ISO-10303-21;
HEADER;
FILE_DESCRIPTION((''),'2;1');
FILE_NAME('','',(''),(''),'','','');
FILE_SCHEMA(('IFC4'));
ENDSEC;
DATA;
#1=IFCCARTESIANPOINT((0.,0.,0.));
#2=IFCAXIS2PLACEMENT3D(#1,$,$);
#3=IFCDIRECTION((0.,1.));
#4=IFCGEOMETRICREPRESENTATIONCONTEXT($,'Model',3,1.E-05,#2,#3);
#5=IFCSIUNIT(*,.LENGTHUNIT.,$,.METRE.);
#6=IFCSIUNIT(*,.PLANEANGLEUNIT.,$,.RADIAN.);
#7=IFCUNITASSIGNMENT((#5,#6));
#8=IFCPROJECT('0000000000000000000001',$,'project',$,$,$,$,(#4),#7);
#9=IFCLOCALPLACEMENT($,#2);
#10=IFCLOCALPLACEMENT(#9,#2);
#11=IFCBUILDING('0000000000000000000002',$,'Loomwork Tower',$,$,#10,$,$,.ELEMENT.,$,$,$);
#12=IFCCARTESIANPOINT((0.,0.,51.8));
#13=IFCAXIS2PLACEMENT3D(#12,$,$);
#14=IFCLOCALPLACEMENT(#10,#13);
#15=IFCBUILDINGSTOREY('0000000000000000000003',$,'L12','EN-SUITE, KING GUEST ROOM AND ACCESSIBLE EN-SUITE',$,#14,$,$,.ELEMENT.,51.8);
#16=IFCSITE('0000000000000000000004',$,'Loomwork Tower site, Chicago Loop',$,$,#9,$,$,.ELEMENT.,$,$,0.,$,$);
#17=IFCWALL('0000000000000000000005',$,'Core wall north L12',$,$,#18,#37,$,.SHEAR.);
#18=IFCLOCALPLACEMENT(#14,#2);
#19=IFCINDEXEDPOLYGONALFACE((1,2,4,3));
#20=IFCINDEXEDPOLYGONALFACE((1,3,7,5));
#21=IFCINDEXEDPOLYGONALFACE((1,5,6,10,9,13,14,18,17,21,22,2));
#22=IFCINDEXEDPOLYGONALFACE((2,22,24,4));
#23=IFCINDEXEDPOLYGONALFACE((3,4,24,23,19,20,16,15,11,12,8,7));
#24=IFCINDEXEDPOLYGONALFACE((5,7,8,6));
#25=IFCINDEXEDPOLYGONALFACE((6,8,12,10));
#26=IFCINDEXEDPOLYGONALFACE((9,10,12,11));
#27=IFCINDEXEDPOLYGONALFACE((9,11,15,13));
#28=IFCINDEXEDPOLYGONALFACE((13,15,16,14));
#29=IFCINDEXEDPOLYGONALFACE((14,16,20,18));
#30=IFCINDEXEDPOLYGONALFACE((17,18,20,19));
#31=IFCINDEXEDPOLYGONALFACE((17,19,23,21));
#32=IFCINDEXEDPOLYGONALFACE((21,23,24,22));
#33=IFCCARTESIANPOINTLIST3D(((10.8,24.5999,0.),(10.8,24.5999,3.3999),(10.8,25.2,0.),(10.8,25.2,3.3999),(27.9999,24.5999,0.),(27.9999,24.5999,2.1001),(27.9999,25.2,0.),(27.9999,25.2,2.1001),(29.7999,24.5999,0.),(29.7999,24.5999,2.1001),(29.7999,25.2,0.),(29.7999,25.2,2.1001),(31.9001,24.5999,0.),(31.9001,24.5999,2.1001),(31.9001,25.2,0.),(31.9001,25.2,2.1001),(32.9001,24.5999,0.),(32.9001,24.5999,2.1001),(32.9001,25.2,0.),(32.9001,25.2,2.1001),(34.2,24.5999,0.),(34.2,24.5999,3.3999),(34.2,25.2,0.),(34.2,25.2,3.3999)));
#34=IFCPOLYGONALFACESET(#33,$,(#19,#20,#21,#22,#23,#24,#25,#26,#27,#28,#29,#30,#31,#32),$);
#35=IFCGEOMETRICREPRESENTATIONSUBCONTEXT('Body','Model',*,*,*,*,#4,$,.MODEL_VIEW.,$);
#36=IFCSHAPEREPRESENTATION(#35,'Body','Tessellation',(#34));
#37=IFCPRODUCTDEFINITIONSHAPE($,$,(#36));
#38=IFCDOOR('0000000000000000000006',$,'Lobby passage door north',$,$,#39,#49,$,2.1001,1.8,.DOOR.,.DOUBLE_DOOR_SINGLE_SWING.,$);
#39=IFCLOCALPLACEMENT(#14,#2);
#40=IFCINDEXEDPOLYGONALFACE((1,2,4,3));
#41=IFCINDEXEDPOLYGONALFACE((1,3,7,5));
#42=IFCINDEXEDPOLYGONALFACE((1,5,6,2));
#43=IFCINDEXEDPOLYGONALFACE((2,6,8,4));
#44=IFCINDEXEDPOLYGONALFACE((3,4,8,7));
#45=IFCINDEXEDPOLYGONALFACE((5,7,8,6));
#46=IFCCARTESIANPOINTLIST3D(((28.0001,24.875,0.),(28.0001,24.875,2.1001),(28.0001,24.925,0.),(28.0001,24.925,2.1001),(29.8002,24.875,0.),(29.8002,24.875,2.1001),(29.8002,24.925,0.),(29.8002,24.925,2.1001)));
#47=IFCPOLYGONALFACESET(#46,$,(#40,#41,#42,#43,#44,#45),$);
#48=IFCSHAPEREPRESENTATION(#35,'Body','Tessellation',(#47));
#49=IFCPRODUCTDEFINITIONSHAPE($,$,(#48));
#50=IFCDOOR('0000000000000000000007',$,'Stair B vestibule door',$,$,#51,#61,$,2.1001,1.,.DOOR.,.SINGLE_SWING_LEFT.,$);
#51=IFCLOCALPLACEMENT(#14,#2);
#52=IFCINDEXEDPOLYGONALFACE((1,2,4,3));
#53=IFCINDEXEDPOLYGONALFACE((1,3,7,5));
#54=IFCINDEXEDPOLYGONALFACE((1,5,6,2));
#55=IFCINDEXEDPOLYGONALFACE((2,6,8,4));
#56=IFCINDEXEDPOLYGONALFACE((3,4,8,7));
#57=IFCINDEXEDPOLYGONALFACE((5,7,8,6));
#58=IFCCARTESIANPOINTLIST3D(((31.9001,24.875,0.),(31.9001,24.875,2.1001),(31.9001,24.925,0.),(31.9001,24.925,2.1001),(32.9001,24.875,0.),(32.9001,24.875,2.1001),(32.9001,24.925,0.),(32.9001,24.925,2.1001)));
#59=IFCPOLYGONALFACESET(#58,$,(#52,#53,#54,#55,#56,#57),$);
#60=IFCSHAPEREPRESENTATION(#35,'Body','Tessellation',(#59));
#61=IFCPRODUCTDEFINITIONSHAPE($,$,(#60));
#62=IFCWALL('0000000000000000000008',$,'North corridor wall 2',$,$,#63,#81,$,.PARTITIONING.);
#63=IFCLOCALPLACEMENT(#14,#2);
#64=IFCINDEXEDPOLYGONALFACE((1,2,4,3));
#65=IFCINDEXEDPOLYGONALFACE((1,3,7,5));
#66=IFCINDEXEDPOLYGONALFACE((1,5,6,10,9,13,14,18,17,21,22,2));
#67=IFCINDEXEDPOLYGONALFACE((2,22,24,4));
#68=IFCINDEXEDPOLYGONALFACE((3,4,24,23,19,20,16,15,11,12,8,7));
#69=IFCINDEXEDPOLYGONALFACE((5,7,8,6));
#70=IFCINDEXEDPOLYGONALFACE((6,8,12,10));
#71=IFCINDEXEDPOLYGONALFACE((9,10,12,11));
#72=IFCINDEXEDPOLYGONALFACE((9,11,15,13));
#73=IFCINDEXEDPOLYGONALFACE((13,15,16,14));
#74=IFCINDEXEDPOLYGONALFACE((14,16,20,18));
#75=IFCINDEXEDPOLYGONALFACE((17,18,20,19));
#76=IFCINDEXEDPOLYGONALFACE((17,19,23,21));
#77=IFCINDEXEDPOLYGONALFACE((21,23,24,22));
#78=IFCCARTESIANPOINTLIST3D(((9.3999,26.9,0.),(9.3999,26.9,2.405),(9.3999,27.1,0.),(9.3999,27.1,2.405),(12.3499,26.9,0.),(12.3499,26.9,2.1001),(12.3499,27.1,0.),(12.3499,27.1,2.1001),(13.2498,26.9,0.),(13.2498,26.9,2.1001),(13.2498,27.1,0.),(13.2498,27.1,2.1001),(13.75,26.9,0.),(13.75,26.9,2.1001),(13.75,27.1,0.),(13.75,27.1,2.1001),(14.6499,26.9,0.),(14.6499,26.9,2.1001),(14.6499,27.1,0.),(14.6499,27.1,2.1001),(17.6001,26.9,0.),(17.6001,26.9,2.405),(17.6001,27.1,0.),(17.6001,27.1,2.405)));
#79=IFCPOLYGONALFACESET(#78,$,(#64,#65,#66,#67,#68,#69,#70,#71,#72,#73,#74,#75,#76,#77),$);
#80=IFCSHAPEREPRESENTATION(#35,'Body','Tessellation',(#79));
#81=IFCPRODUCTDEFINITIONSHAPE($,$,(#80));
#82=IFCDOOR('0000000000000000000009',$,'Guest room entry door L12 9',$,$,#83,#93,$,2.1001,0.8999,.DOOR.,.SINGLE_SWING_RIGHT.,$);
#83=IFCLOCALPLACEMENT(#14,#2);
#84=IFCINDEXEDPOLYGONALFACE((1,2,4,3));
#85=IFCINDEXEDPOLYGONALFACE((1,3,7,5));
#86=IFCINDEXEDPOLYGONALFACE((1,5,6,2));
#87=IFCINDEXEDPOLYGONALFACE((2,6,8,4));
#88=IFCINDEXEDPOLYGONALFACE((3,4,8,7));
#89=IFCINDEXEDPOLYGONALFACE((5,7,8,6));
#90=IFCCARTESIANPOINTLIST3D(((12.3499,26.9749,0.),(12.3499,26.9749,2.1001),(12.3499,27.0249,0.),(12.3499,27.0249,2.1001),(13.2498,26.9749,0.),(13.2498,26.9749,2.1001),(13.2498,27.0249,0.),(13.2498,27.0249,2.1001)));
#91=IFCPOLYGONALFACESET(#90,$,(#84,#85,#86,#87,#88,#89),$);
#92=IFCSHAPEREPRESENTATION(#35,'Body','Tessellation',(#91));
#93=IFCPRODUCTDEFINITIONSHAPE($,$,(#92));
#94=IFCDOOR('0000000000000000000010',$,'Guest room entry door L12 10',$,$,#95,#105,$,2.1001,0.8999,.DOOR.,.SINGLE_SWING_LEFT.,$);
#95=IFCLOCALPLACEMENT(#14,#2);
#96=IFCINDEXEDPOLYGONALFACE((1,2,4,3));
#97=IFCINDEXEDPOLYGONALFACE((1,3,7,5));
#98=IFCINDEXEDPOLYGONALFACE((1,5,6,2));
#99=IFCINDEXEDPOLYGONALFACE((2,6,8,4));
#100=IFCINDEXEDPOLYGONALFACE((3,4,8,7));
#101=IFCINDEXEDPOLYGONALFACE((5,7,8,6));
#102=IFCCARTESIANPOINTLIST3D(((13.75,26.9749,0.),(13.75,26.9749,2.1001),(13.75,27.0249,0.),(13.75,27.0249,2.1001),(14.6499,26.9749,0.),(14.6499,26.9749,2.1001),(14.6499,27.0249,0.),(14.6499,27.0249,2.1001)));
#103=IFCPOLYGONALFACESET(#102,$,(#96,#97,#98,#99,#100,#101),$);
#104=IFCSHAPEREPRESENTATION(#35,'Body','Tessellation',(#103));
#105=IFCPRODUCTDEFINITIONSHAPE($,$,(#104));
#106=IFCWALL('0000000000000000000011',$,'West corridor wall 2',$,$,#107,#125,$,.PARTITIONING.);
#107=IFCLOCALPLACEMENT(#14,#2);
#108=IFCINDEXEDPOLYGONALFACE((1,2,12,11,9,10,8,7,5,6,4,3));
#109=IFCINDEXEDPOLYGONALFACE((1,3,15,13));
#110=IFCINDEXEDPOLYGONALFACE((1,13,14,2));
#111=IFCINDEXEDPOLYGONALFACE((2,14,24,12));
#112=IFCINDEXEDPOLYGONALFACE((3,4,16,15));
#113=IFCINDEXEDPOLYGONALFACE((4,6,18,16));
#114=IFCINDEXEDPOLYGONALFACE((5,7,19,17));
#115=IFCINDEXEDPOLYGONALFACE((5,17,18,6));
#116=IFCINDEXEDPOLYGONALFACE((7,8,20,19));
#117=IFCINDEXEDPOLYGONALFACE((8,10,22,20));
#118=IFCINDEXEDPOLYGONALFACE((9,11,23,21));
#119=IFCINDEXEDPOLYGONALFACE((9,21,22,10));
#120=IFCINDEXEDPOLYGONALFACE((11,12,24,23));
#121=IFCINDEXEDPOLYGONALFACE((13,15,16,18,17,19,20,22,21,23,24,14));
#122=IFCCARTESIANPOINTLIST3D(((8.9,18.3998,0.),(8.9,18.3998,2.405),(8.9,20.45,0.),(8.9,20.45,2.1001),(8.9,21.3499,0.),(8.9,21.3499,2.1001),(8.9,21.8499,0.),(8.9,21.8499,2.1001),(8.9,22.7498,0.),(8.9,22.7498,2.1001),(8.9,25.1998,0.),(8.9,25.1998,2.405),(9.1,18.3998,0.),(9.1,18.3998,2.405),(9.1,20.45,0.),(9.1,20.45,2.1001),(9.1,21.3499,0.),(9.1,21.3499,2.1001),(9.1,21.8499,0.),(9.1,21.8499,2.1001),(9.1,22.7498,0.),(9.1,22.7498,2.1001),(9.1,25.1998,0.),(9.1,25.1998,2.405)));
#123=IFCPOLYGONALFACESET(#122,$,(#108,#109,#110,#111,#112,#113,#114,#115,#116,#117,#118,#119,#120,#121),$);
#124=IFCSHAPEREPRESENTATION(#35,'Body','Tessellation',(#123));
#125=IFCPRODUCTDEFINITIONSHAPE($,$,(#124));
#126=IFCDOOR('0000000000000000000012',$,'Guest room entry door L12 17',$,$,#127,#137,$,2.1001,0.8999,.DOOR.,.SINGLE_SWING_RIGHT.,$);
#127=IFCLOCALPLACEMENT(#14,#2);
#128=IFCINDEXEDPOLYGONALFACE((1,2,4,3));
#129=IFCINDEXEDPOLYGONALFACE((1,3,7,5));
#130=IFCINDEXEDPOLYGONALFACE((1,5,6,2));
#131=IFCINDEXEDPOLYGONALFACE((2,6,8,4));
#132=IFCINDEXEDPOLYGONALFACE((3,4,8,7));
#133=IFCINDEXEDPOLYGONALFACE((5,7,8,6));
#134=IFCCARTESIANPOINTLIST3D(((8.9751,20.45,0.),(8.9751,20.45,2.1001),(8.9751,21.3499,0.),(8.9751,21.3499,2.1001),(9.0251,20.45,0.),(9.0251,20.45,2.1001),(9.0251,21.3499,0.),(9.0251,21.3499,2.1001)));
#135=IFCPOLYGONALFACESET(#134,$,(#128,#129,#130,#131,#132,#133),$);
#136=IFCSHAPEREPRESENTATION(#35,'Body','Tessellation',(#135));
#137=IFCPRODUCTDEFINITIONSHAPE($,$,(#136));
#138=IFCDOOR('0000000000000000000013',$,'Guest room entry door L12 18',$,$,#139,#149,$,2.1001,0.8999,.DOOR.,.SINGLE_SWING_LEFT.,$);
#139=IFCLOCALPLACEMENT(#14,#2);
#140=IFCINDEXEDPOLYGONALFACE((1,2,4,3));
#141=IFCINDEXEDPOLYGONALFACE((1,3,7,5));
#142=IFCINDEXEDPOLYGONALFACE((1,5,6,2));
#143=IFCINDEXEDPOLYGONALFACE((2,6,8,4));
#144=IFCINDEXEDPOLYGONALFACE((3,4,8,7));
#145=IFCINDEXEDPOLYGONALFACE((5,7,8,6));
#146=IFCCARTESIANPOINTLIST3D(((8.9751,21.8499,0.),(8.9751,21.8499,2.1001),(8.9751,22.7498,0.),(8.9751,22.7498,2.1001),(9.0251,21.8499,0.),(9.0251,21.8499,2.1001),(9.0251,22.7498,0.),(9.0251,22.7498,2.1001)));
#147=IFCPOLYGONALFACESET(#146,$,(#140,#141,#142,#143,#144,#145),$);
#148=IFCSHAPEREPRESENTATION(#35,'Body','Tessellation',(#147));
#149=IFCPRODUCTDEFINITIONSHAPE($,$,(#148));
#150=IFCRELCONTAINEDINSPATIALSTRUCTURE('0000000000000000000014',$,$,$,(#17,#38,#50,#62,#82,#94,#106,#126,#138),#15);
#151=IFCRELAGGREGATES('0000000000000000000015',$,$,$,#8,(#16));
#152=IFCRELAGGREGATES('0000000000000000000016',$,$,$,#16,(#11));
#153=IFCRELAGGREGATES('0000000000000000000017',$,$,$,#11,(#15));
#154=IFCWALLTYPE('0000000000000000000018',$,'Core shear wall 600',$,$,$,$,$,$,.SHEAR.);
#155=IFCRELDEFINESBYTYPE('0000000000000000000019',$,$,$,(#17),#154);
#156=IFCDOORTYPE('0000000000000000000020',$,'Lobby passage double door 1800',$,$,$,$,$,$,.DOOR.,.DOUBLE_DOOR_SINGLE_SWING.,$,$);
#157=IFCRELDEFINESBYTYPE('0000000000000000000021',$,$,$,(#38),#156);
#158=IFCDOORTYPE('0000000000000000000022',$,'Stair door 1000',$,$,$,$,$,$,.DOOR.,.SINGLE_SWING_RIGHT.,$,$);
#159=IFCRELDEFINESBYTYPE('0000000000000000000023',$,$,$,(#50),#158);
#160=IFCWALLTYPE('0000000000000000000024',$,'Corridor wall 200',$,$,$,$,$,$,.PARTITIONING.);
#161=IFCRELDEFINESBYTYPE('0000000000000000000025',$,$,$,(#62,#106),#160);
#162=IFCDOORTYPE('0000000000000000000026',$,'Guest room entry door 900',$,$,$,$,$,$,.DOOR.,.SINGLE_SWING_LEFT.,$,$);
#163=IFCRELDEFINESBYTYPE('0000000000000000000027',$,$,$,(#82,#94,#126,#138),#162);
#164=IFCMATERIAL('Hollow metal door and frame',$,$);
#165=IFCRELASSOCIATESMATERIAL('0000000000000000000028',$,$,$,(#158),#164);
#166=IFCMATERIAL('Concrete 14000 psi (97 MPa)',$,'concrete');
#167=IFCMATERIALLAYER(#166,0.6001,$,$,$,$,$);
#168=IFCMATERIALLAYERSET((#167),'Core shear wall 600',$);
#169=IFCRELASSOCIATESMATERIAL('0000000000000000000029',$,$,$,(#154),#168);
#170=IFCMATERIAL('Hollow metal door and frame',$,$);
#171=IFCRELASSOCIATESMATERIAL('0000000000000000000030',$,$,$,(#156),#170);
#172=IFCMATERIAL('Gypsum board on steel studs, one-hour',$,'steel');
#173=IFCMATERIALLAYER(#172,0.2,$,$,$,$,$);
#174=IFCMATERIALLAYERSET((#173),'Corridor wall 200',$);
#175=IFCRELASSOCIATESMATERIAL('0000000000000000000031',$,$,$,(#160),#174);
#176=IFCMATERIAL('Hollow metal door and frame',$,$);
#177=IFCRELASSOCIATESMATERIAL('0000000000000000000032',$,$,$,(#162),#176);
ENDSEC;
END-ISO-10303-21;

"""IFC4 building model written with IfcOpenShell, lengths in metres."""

from ifc_helpers import new_model, si_unit, direction, frame, frame_2d, origin, place, context, subcontext, project, spatial, rectangle, extrude, material, layer, layer_set, type_object, element, fill, save


model = new_model("IFC4")

# Units and contexts
model_context = context("Model", 3, precision=1e-05, world=origin(), true_north=direction((0.0, 1.0)))
body_context = subcontext(model_context, "Body", "Model", "MODEL_VIEW")
ifc_project = project(units=[si_unit("LENGTHUNIT", "METRE"), si_unit("PLANEANGLEUNIT", "RADIAN")], contexts=[model_context])

# Site, building, storey
site_placement = place(None, origin())
site = spatial("IfcSite", under=ifc_project, at=site_placement, Name="Loomwork Tower site, Chicago Loop", CompositionType="ELEMENT", RefElevation=0.0)
building_placement = place(site_placement, origin())
building = spatial("IfcBuilding", under=site, at=building_placement, Name="Loomwork Tower", CompositionType="ELEMENT")
storey_placement = place(building_placement, frame((0.0, 0.0, 51.8)))
storey = spatial("IfcBuildingStorey", under=building, at=storey_placement, Name="L12", Description="EN-SUITE, KING GUEST ROOM AND ACCESSIBLE EN-SUITE", CompositionType="ELEMENT", Elevation=51.8)

# Shared definitions
ifc_material_1 = material(Name="Hollow metal door and frame")
door_type_1 = type_object("IfcDoorType", Name="Stair door 1000", OperationType="SINGLE_SWING_RIGHT", PredefinedType="DOOR", material=ifc_material_1)

# Walls, openings, doors
ifc_material_2 = material(Name="Concrete 14000 psi (97 MPa)", Category="concrete")
ifc_layer_1 = layer(ifc_material_2, 0.6001)
ifc_layer_set_1 = layer_set([ifc_layer_1], Name="Core shear wall 600")
wall_type_1 = type_object("IfcWallType", Name="Core shear wall 600", PredefinedType="SHEAR", material=ifc_layer_set_1)
wall_1_placement = place(storey_placement, frame((10.8, 24.8999, 0.0), z_axis=(0.0, 0.0, 1.0), x_axis=(1.0, 0.0, 0.0)))
wall_1 = element("IfcWall", 1, at=wall_1_placement, inside=storey, type_object=wall_type_1, Name="Core wall north L12", PredefinedType="SHEAR", context=body_context, shape_type="SweptSolid", body=[
    extrude(rectangle(XDim=23.3999, YDim=0.6001, at=frame_2d((11.7, 0.0))), origin(), (0.0, 0.0, 1.0), 3.3999),
])
opening_1_placement = place(wall_1_placement, frame((17.2, 0.0, 0.0)))
opening_1 = element("IfcOpeningElement", 2, at=opening_1_placement, cuts=wall_1, PredefinedType="OPENING", context=body_context, shape_type="SweptSolid", body=[
    extrude(rectangle(XDim=1.8, YDim=2.1001, at=frame_2d((0.8999, 1.05))), frame((0.0, 0.3101, 0.0), z_axis=(0.0, -1.0, 0.0), x_axis=(1.0, 0.0, 0.0)), (0.0, 0.0, 1.0), 0.6201),
])
opening_2_placement = place(wall_1_placement, frame((21.1001, 0.0, 0.0)))
opening_2 = element("IfcOpeningElement", 3, at=opening_2_placement, cuts=wall_1, PredefinedType="OPENING", context=body_context, shape_type="SweptSolid", body=[
    extrude(rectangle(XDim=1.0, YDim=2.1001, at=frame_2d((0.5, 1.05))), frame((0.0, 0.3101, 0.0), z_axis=(0.0, -1.0, 0.0), x_axis=(1.0, 0.0, 0.0)), (0.0, 0.0, 1.0), 0.6201),
])
ifc_material_3 = material(Name="Hollow metal door and frame")
door_type_2 = type_object("IfcDoorType", Name="Lobby passage double door 1800", OperationType="DOUBLE_DOOR_SINGLE_SWING", PredefinedType="DOOR", material=ifc_material_3)
door_1_placement = place(opening_1_placement, frame((1.8, 0.0, 0.0), z_axis=(0.0, 0.0, 1.0), x_axis=(-1.0, 0.0, 0.0)))
door_1 = element("IfcDoor", 4, at=door_1_placement, inside=storey, type_object=door_type_2, Name="Lobby passage door north", OperationType="DOUBLE_DOOR_SINGLE_SWING", OverallHeight=2.1001, OverallWidth=1.8, PredefinedType="DOOR", context=body_context, shape_type="SweptSolid", body=[
    extrude(rectangle(XDim=1.8, YDim=2.1001, at=frame_2d((0.8999, 1.05))), frame((0.0, 0.0249, 0.0), z_axis=(0.0, -1.0, 0.0), x_axis=(1.0, 0.0, 0.0)), (0.0, 0.0, 1.0), 0.05),
])
fill(opening_1, door_1)
door_2_placement = place(opening_2_placement, frame((1.0, 0.0, 0.0), z_axis=(0.0, 0.0, 1.0), x_axis=(-1.0, 0.0, 0.0)))
door_2 = element("IfcDoor", 5, at=door_2_placement, inside=storey, type_object=door_type_1, Name="Stair B vestibule door", OperationType="SINGLE_SWING_LEFT", OverallHeight=2.1001, OverallWidth=1.0, PredefinedType="DOOR", context=body_context, shape_type="SweptSolid", body=[
    extrude(rectangle(XDim=1.0, YDim=2.1001, at=frame_2d((0.5, 1.05))), frame((0.0, 0.0249, 0.0), z_axis=(0.0, -1.0, 0.0), x_axis=(1.0, 0.0, 0.0)), (0.0, 0.0, 1.0), 0.05),
])
fill(opening_2, door_2)
ifc_material_4 = material(Name="Gypsum board on steel studs, one-hour", Category="steel")
ifc_layer_2 = layer(ifc_material_4, 0.2)
ifc_layer_set_2 = layer_set([ifc_layer_2], Name="Corridor wall 200")
wall_type_2 = type_object("IfcWallType", Name="Corridor wall 200", PredefinedType="PARTITIONING", material=ifc_layer_set_2)
wall_2_placement = place(storey_placement, frame((9.3999, 27.0, 0.0), z_axis=(0.0, 0.0, 1.0), x_axis=(1.0, 0.0, 0.0)))
wall_2 = element("IfcWall", 6, at=wall_2_placement, inside=storey, type_object=wall_type_2, Name="North corridor wall 2", PredefinedType="PARTITIONING", context=body_context, shape_type="SweptSolid", body=[
    extrude(rectangle(XDim=8.2002, YDim=0.2, at=frame_2d((4.1001, 0.0))), origin(), (0.0, 0.0, 1.0), 2.405),
])
opening_3_placement = place(wall_2_placement, frame((2.95, 0.0, 0.0)))
opening_3 = element("IfcOpeningElement", 7, at=opening_3_placement, cuts=wall_2, PredefinedType="OPENING", context=body_context, shape_type="SweptSolid", body=[
    extrude(rectangle(XDim=0.8999, YDim=2.1001, at=frame_2d((0.45, 1.05))), frame((0.0, 0.1099, 0.0), z_axis=(0.0, -1.0, 0.0), x_axis=(1.0, 0.0, 0.0)), (0.0, 0.0, 1.0), 0.22),
])
opening_4_placement = place(wall_2_placement, frame((4.3501, 0.0, 0.0)))
opening_4 = element("IfcOpeningElement", 8, at=opening_4_placement, cuts=wall_2, PredefinedType="OPENING", context=body_context, shape_type="SweptSolid", body=[
    extrude(rectangle(XDim=0.8999, YDim=2.1001, at=frame_2d((0.45, 1.05))), frame((0.0, 0.1099, 0.0), z_axis=(0.0, -1.0, 0.0), x_axis=(1.0, 0.0, 0.0)), (0.0, 0.0, 1.0), 0.22),
])
ifc_material_5 = material(Name="Hollow metal door and frame")
door_type_3 = type_object("IfcDoorType", Name="Guest room entry door 900", OperationType="SINGLE_SWING_LEFT", PredefinedType="DOOR", material=ifc_material_5)
door_3_placement = place(opening_3_placement, origin())
door_3 = element("IfcDoor", 9, at=door_3_placement, inside=storey, type_object=door_type_3, Name="Guest room entry door L12 9", OperationType="SINGLE_SWING_RIGHT", OverallHeight=2.1001, OverallWidth=0.8999, PredefinedType="DOOR", context=body_context, shape_type="SweptSolid", body=[
    extrude(rectangle(XDim=0.8999, YDim=2.1001, at=frame_2d((0.45, 1.05))), frame((0.0, 0.0249, 0.0), z_axis=(0.0, -1.0, 0.0), x_axis=(1.0, 0.0, 0.0)), (0.0, 0.0, 1.0), 0.05),
])
fill(opening_3, door_3)
door_4_placement = place(opening_4_placement, origin())
door_4 = element("IfcDoor", 10, at=door_4_placement, inside=storey, type_object=door_type_3, Name="Guest room entry door L12 10", OperationType="SINGLE_SWING_LEFT", OverallHeight=2.1001, OverallWidth=0.8999, PredefinedType="DOOR", context=body_context, shape_type="SweptSolid", body=[
    extrude(rectangle(XDim=0.8999, YDim=2.1001, at=frame_2d((0.45, 1.05))), frame((0.0, 0.0249, 0.0), z_axis=(0.0, -1.0, 0.0), x_axis=(1.0, 0.0, 0.0)), (0.0, 0.0, 1.0), 0.05),
])
fill(opening_4, door_4)
wall_3_placement = place(storey_placement, frame((9.0, 18.3999, 0.0), z_axis=(0.0, 0.0, 1.0), x_axis=(0.0, 1.0, 0.0)))
wall_3 = element("IfcWall", 11, at=wall_3_placement, inside=storey, type_object=wall_type_2, Name="West corridor wall 2", PredefinedType="PARTITIONING", context=body_context, shape_type="SweptSolid", body=[
    extrude(rectangle(XDim=6.8, YDim=0.2, at=frame_2d((3.3999, 0.0))), origin(), (0.0, 0.0, 1.0), 2.405),
])
opening_5_placement = place(wall_3_placement, frame((2.05, 0.0, 0.0)))
opening_5 = element("IfcOpeningElement", 12, at=opening_5_placement, cuts=wall_3, PredefinedType="OPENING", context=body_context, shape_type="SweptSolid", body=[
    extrude(rectangle(XDim=0.8999, YDim=2.1001, at=frame_2d((0.45, 1.05))), frame((0.0, 0.1099, 0.0), z_axis=(0.0, -1.0, 0.0), x_axis=(1.0, 0.0, 0.0)), (0.0, 0.0, 1.0), 0.22),
])
opening_6_placement = place(wall_3_placement, frame((3.45, 0.0, 0.0)))
opening_6 = element("IfcOpeningElement", 13, at=opening_6_placement, cuts=wall_3, PredefinedType="OPENING", context=body_context, shape_type="SweptSolid", body=[
    extrude(rectangle(XDim=0.8999, YDim=2.1001, at=frame_2d((0.45, 1.05))), frame((0.0, 0.1099, 0.0), z_axis=(0.0, -1.0, 0.0), x_axis=(1.0, 0.0, 0.0)), (0.0, 0.0, 1.0), 0.22),
])
door_5_placement = place(opening_5_placement, origin())
door_5 = element("IfcDoor", 14, at=door_5_placement, inside=storey, type_object=door_type_3, Name="Guest room entry door L12 17", OperationType="SINGLE_SWING_RIGHT", OverallHeight=2.1001, OverallWidth=0.8999, PredefinedType="DOOR", context=body_context, shape_type="SweptSolid", body=[
    extrude(rectangle(XDim=0.8999, YDim=2.1001, at=frame_2d((0.45, 1.05))), frame((0.0, 0.0249, 0.0), z_axis=(0.0, -1.0, 0.0), x_axis=(1.0, 0.0, 0.0)), (0.0, 0.0, 1.0), 0.05),
])
fill(opening_5, door_5)
door_6_placement = place(opening_6_placement, origin())
door_6 = element("IfcDoor", 15, at=door_6_placement, inside=storey, type_object=door_type_3, Name="Guest room entry door L12 18", OperationType="SINGLE_SWING_LEFT", OverallHeight=2.1001, OverallWidth=0.8999, PredefinedType="DOOR", context=body_context, shape_type="SweptSolid", body=[
    extrude(rectangle(XDim=0.8999, YDim=2.1001, at=frame_2d((0.45, 1.05))), frame((0.0, 0.0249, 0.0), z_axis=(0.0, -1.0, 0.0), x_axis=(1.0, 0.0, 0.0)), (0.0, 0.0, 1.0), 0.05),
])
fill(opening_6, door_6)

save(model, "model.ifc")
